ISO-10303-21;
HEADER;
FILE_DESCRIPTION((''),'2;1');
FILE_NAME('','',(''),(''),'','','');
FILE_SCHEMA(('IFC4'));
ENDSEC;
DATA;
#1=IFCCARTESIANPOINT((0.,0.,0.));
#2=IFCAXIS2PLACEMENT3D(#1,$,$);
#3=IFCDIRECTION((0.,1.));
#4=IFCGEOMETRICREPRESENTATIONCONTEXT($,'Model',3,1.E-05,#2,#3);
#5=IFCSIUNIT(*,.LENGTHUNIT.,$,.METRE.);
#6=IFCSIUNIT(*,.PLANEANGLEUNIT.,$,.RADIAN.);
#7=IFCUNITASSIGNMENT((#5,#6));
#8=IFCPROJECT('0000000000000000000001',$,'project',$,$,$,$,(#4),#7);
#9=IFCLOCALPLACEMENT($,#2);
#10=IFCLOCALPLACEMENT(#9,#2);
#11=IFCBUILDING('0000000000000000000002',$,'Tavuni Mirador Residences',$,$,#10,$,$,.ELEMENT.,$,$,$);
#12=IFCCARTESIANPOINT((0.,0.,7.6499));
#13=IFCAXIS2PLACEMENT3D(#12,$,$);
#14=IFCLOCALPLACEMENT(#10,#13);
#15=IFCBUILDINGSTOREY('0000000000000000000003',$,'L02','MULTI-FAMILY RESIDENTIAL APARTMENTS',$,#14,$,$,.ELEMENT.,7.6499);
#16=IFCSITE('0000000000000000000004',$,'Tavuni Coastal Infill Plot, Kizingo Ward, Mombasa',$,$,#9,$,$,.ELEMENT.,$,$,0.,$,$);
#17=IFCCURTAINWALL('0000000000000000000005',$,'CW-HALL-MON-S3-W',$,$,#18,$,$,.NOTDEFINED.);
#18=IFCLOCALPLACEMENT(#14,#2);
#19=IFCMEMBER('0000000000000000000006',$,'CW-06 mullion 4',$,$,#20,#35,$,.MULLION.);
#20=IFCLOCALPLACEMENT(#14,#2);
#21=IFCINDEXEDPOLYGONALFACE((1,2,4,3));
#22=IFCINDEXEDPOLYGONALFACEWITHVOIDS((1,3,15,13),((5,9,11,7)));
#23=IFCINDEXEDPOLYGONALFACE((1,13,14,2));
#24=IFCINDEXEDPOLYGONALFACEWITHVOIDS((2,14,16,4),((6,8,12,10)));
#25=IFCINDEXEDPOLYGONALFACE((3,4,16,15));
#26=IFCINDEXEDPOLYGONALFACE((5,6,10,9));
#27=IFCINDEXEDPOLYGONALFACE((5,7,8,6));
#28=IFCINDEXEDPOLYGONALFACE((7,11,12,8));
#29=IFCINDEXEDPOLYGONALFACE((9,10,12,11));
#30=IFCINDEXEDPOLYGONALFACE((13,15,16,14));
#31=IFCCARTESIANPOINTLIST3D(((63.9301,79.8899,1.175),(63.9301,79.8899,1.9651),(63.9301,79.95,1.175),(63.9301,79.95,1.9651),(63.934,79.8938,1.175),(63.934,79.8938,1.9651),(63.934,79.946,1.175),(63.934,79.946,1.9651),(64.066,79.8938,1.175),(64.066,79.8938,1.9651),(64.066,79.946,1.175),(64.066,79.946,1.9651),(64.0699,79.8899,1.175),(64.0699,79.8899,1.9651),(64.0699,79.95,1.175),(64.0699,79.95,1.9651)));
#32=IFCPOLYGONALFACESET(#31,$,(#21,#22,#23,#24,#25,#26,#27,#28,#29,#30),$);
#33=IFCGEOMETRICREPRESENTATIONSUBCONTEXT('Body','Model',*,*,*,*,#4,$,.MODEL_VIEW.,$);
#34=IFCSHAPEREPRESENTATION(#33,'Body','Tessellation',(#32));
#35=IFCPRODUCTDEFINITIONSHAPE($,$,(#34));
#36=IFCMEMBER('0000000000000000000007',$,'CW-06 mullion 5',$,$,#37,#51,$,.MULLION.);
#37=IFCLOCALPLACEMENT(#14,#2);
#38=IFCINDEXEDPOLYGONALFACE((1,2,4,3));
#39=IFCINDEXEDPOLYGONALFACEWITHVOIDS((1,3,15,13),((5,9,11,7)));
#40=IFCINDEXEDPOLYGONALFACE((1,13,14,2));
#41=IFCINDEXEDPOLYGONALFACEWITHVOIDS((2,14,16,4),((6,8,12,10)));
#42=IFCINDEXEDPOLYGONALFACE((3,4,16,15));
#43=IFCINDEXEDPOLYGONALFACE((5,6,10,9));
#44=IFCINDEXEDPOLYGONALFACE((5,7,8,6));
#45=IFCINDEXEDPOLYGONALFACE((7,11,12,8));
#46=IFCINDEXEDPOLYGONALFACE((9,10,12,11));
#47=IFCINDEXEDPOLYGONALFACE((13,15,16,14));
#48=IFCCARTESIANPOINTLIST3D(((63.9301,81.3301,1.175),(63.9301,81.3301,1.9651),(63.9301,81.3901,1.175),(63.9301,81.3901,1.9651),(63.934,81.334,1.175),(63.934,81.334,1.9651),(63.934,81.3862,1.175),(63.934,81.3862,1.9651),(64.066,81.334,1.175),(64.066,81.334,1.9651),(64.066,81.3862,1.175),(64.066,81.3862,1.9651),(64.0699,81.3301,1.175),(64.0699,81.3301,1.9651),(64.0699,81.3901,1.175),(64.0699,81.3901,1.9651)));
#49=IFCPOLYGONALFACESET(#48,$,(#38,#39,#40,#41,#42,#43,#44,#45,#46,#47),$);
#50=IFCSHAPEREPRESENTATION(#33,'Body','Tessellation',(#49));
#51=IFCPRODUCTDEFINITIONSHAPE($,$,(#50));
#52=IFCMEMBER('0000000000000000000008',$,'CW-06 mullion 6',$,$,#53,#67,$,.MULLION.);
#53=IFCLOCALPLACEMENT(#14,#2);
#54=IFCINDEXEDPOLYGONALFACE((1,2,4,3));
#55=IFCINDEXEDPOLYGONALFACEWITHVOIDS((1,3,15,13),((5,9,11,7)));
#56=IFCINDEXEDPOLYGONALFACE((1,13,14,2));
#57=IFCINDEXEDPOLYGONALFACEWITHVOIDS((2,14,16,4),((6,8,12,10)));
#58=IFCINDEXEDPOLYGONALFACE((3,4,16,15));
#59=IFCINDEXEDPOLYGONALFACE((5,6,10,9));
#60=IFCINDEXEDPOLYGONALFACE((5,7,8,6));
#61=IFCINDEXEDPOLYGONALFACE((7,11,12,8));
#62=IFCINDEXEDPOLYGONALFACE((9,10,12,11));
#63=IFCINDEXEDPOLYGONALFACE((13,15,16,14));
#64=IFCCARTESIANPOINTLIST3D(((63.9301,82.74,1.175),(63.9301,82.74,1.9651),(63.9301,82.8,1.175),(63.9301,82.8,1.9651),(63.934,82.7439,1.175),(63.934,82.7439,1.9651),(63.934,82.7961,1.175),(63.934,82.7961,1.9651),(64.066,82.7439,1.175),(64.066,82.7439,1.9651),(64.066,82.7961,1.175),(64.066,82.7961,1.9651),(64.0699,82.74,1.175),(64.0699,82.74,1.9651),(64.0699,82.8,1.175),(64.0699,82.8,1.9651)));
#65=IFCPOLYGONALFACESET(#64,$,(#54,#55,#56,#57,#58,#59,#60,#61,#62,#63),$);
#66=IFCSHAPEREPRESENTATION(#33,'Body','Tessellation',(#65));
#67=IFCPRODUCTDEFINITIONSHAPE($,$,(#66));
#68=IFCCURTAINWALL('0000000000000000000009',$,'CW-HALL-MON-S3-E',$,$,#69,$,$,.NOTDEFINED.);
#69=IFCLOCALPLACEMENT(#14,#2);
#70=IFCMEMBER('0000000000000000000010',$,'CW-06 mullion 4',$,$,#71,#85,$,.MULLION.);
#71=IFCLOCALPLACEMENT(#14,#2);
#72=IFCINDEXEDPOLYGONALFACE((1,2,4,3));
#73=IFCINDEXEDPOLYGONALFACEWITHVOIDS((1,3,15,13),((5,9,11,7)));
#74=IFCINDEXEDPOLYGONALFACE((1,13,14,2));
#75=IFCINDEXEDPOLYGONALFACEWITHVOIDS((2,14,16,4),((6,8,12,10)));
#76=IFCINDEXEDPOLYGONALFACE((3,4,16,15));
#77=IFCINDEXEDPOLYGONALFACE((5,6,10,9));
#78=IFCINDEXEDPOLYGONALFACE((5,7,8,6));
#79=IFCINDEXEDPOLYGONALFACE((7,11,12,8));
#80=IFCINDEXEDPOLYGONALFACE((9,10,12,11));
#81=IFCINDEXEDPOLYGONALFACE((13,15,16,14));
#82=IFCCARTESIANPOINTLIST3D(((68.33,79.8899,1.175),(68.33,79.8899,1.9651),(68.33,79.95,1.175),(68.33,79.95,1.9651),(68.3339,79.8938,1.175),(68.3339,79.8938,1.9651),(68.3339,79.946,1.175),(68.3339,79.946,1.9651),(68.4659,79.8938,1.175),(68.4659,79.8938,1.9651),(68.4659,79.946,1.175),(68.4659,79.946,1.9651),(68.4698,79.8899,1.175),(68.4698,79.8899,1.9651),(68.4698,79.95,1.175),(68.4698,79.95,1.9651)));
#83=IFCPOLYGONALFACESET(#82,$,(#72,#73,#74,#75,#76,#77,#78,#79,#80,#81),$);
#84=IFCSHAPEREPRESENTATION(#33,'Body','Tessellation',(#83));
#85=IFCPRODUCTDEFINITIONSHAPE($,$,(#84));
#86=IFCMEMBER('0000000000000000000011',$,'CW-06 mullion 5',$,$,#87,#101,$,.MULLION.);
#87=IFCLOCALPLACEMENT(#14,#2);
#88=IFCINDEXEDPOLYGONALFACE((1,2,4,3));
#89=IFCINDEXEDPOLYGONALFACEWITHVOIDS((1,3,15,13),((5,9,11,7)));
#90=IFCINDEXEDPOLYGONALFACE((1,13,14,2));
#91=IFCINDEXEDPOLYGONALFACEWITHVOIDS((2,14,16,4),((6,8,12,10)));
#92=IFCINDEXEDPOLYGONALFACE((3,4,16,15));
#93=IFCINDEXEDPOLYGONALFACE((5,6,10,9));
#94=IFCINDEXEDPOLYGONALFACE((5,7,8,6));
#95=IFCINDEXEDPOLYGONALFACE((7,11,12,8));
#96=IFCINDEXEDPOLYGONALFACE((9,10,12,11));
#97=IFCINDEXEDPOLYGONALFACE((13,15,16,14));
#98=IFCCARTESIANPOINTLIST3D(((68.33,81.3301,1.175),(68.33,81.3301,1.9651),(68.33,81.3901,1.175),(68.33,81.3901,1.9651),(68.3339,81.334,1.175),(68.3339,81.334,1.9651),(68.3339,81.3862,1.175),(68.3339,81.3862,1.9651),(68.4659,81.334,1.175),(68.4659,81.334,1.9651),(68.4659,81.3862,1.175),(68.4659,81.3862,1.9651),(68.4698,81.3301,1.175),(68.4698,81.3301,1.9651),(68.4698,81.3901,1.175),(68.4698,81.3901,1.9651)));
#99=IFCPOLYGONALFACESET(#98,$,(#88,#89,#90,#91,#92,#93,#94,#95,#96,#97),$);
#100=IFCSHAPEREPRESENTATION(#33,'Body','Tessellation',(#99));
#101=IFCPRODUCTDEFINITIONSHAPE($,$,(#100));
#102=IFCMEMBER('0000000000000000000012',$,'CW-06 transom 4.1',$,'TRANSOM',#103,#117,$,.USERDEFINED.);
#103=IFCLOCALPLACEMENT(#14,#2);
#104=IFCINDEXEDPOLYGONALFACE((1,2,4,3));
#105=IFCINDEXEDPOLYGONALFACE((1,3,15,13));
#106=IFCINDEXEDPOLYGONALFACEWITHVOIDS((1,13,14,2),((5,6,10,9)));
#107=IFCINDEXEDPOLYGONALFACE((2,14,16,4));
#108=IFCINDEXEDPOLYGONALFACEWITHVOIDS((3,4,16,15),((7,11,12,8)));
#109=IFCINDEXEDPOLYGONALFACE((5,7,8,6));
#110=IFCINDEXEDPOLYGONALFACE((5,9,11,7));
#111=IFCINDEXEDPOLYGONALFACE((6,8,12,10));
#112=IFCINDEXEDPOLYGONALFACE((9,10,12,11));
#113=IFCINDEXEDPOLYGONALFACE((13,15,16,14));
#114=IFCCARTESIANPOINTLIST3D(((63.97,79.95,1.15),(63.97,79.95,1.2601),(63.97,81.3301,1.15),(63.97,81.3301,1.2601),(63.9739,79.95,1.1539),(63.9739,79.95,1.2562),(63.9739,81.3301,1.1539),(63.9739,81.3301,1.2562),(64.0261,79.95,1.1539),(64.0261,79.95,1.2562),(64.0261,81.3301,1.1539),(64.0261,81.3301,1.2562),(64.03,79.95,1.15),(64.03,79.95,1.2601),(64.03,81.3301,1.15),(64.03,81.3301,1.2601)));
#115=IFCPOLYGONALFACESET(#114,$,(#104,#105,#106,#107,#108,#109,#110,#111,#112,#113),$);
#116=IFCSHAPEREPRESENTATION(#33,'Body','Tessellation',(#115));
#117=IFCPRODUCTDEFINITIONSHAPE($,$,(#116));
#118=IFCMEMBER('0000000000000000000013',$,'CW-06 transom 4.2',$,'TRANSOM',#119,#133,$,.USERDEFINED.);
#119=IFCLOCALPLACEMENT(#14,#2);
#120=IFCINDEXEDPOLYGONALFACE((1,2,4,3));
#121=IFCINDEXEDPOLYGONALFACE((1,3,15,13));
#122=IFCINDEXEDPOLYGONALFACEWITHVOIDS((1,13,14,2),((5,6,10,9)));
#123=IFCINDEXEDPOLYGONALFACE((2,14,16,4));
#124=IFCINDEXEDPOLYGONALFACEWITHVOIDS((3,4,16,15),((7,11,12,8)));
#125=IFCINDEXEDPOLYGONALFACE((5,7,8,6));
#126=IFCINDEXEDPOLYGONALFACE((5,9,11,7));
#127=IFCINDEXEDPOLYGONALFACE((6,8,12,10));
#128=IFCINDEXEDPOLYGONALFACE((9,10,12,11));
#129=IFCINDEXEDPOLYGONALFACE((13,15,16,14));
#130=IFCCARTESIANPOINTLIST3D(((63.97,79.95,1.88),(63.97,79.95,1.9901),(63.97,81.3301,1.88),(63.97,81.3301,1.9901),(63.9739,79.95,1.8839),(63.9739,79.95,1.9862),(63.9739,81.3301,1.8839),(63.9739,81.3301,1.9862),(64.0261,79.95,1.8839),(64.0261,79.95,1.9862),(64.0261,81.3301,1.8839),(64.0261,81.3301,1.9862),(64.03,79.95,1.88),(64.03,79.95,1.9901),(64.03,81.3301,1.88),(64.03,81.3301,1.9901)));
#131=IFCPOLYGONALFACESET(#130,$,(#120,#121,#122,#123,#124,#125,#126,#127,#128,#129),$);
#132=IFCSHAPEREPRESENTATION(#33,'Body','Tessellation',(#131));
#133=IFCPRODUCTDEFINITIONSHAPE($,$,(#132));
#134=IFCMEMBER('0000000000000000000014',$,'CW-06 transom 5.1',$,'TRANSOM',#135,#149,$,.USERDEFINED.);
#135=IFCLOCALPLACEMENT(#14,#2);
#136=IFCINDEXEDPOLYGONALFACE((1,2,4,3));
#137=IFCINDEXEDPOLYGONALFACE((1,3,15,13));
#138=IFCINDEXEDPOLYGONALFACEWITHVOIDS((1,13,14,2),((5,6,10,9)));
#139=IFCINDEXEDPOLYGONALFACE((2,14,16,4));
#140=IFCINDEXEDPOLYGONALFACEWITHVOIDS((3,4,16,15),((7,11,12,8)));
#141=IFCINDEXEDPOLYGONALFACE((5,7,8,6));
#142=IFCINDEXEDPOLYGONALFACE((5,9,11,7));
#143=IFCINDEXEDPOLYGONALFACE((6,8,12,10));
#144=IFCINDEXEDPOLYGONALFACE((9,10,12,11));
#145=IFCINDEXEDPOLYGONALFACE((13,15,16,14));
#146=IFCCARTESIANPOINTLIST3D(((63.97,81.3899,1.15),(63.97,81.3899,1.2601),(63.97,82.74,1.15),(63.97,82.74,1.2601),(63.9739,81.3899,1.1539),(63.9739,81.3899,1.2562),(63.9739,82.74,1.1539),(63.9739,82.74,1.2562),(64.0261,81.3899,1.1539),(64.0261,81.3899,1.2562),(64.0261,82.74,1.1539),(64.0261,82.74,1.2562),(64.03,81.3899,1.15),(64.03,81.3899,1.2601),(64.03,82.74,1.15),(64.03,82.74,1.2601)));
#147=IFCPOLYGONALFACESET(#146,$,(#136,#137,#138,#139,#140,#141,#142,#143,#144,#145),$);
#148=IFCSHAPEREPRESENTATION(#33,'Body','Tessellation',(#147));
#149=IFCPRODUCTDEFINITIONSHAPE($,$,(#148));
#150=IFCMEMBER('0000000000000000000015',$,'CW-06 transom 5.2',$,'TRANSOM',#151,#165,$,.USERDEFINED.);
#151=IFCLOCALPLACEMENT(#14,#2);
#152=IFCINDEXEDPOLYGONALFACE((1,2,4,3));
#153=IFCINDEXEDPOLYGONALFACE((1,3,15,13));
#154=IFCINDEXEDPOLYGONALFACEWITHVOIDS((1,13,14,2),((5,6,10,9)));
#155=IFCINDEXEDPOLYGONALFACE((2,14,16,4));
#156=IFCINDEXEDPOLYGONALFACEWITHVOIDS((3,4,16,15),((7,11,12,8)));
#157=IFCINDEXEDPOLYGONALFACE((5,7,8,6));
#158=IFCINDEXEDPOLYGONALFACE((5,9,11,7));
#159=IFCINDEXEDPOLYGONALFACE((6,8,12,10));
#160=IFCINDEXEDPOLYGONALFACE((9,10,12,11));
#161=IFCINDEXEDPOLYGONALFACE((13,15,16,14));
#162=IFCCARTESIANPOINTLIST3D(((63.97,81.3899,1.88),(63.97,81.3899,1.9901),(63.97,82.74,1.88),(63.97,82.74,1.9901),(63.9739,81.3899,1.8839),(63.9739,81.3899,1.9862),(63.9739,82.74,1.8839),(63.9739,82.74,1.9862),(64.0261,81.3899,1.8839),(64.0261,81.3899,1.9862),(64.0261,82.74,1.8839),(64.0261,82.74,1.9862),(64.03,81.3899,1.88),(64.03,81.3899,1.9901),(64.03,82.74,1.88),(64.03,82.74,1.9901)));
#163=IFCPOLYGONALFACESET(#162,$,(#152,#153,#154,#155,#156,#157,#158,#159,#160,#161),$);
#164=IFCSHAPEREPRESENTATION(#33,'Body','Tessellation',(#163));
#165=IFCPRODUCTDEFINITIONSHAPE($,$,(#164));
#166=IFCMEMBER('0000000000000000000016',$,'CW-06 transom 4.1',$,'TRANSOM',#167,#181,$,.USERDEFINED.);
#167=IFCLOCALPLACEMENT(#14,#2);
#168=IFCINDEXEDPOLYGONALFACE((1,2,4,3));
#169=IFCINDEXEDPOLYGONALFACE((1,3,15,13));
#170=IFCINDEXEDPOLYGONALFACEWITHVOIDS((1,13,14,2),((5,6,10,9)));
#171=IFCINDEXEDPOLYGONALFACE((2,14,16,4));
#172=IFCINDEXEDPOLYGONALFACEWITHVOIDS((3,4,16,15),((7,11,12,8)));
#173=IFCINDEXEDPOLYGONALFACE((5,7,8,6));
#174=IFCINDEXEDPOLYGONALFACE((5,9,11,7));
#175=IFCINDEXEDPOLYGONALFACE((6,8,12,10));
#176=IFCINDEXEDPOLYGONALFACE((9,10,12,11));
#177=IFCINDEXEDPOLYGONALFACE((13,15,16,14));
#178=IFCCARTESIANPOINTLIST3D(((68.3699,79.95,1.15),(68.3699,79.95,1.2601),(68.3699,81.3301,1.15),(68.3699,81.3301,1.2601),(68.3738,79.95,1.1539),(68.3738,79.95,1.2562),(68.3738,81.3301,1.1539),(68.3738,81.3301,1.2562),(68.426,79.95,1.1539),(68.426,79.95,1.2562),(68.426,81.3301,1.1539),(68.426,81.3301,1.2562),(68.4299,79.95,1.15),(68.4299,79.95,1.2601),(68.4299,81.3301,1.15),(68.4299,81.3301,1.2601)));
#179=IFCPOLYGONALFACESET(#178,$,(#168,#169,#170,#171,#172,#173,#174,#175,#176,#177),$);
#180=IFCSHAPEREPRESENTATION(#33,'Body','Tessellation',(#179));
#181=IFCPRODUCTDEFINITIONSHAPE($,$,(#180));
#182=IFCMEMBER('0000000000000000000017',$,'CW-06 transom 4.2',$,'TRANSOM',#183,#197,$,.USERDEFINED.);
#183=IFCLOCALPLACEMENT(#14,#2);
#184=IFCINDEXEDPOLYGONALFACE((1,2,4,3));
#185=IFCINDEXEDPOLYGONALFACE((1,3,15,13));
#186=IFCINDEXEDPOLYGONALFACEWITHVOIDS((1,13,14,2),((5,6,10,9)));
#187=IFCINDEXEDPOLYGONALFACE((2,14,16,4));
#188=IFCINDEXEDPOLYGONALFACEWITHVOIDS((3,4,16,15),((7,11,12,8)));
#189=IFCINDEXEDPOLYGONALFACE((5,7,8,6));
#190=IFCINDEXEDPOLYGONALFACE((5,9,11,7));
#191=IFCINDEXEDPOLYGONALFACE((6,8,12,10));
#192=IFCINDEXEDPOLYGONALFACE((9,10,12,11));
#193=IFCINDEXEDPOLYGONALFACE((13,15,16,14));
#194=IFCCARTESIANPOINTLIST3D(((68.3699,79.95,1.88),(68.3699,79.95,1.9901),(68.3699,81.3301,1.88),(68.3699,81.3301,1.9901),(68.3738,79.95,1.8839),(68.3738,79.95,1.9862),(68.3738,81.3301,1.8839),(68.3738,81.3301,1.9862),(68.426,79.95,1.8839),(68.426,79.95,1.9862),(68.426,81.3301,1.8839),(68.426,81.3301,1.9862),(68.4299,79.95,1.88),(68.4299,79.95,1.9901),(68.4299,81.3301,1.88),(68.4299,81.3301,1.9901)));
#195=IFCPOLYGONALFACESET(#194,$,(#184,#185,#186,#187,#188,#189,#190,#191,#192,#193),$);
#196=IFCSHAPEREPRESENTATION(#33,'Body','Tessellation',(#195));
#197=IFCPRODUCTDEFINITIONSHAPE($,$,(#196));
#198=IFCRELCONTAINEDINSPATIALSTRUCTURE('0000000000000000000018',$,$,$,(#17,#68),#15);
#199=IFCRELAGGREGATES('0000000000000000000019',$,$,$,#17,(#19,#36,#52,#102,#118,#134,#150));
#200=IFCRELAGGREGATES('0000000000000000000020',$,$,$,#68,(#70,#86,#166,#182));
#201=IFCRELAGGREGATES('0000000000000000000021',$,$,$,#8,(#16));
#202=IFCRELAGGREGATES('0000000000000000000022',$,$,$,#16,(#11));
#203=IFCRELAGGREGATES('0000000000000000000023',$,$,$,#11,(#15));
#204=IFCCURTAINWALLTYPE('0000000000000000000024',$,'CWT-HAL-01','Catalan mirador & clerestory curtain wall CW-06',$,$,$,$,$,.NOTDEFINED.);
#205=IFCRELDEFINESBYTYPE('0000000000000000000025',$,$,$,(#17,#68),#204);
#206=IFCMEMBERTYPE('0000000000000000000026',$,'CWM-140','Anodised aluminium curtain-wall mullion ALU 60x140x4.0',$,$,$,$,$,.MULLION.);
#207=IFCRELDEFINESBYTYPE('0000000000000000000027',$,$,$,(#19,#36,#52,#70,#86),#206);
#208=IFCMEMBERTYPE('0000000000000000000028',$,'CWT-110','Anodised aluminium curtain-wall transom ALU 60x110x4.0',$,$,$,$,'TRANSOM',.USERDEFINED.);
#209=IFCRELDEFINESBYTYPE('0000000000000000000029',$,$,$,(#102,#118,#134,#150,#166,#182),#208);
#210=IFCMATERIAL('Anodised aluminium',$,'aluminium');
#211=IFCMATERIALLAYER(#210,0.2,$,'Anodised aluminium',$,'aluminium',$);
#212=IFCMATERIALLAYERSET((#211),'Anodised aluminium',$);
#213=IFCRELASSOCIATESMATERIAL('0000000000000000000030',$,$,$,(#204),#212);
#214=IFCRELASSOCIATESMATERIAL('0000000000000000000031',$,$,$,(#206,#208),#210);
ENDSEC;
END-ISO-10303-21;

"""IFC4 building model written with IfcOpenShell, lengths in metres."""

from ifc_helpers import new_model, si_unit, direction, frame, origin, origin_2d, place, context, subcontext, project, spatial, hollow_rectangle, extrude, material, layer, layer_set, material_profile, profile_set, type_object, element, aggregate, save


model = new_model("IFC4")

# Units and contexts
model_context = context("Model", 3, precision=1e-05, world=origin(), true_north=direction((0.0, 1.0)))
body_context = subcontext(model_context, "Body", "Model", "MODEL_VIEW")
ifc_project = project(units=[si_unit("LENGTHUNIT", "METRE"), si_unit("PLANEANGLEUNIT", "RADIAN")], contexts=[model_context])

# Site, building, storey
site_placement = place(None, origin())
site = spatial("IfcSite", under=ifc_project, at=site_placement, Name="Tavuni Coastal Infill Plot, Kizingo Ward, Mombasa", CompositionType="ELEMENT", RefElevation=0.0)
building_placement = place(site_placement, origin())
building = spatial("IfcBuilding", under=site, at=building_placement, Name="Tavuni Mirador Residences", CompositionType="ELEMENT")
storey_placement = place(building_placement, frame((0.0, 0.0, 7.6499)))
storey = spatial("IfcBuildingStorey", under=building, at=storey_placement, Name="L02", Description="MULTI-FAMILY RESIDENTIAL APARTMENTS", CompositionType="ELEMENT", Elevation=7.6499)

# Curtain walls, members
ifc_material_1 = material(Name="Anodised aluminium", Category="aluminium")
ifc_layer_1 = layer(ifc_material_1, 0.2, Name="Anodised aluminium", Category="aluminium")
ifc_layer_set_1 = layer_set([ifc_layer_1], Name="Anodised aluminium")
curtain_wall_type = type_object("IfcCurtainWallType", Name="CWT-HAL-01", Description="Catalan mirador & clerestory curtain wall CW-06", PredefinedType="NOTDEFINED", material=ifc_layer_set_1)
curtain_wall_1_placement = place(storey_placement, origin())
curtain_wall_1 = element("IfcCurtainWall", 1, at=curtain_wall_1_placement, inside=storey, type_object=curtain_wall_type, Name="CW-HALL-MON-S3-W", PredefinedType="NOTDEFINED")
ifc_material_profile_1 = material_profile(ifc_material_1, hollow_rectangle(XDim=0.0601, YDim=0.1399, WallThickness=0.0039, at=origin_2d()), Name="ALU 60x140x4.0", Category="aluminium")
ifc_profile_set_1 = profile_set([ifc_material_profile_1], Name="Anodised aluminium")
member_type_1 = type_object("IfcMemberType", Name="CWM-140", Description="Anodised aluminium curtain-wall mullion ALU 60x140x4.0", PredefinedType="MULLION", material=ifc_profile_set_1)
member_1_placement = place(storey_placement, frame((64.0, 79.9199, 1.175), z_axis=(0.0, 0.0, 1.0), x_axis=(0.0, 1.0, 0.0)))
member_1 = element("IfcMember", 2, at=member_1_placement, type_object=member_type_1, Name="CW-06 mullion 4", PredefinedType="MULLION", context=body_context, shape_type="SweptSolid", body=[
    extrude(hollow_rectangle(XDim=0.0601, YDim=0.1399, WallThickness=0.0039, at=origin_2d()), origin(), (0.0, 0.0, 1.0), 0.79),
])
member_2_placement = place(storey_placement, frame((64.0, 81.3601, 1.175), z_axis=(0.0, 0.0, 1.0), x_axis=(0.0, 1.0, 0.0)))
member_2 = element("IfcMember", 3, at=member_2_placement, type_object=member_type_1, Name="CW-06 mullion 5", PredefinedType="MULLION", context=body_context, shape_type="SweptSolid", body=[
    extrude(hollow_rectangle(XDim=0.0601, YDim=0.1399, WallThickness=0.0039, at=origin_2d()), origin(), (0.0, 0.0, 1.0), 0.79),
])
member_3_placement = place(storey_placement, frame((64.0, 82.77, 1.175), z_axis=(0.0, 0.0, 1.0), x_axis=(0.0, 1.0, 0.0)))
member_3 = element("IfcMember", 4, at=member_3_placement, type_object=member_type_1, Name="CW-06 mullion 6", PredefinedType="MULLION", context=body_context, shape_type="SweptSolid", body=[
    extrude(hollow_rectangle(XDim=0.0601, YDim=0.1399, WallThickness=0.0039, at=origin_2d()), origin(), (0.0, 0.0, 1.0), 0.79),
])
curtain_wall_2_placement = place(storey_placement, origin())
curtain_wall_2 = element("IfcCurtainWall", 5, at=curtain_wall_2_placement, inside=storey, type_object=curtain_wall_type, Name="CW-HALL-MON-S3-E", PredefinedType="NOTDEFINED")
member_4_placement = place(storey_placement, frame((68.3999, 79.9199, 1.175), z_axis=(0.0, 0.0, 1.0), x_axis=(0.0, 1.0, 0.0)))
member_4 = element("IfcMember", 6, at=member_4_placement, type_object=member_type_1, Name="CW-06 mullion 4", PredefinedType="MULLION", context=body_context, shape_type="SweptSolid", body=[
    extrude(hollow_rectangle(XDim=0.0601, YDim=0.1399, WallThickness=0.0039, at=origin_2d()), origin(), (0.0, 0.0, 1.0), 0.79),
])
member_5_placement = place(storey_placement, frame((68.3999, 81.3601, 1.175), z_axis=(0.0, 0.0, 1.0), x_axis=(0.0, 1.0, 0.0)))
member_5 = element("IfcMember", 7, at=member_5_placement, type_object=member_type_1, Name="CW-06 mullion 5", PredefinedType="MULLION", context=body_context, shape_type="SweptSolid", body=[
    extrude(hollow_rectangle(XDim=0.0601, YDim=0.1399, WallThickness=0.0039, at=origin_2d()), origin(), (0.0, 0.0, 1.0), 0.79),
])

# Members
ifc_material_profile_2 = material_profile(ifc_material_1, hollow_rectangle(XDim=0.0601, YDim=0.1101, WallThickness=0.0039, at=origin_2d()), Name="ALU 60x110x4.0", Category="aluminium")
ifc_profile_set_2 = profile_set([ifc_material_profile_2], Name="Anodised aluminium")
member_type_2 = type_object("IfcMemberType", Name="CWT-110", Description="Anodised aluminium curtain-wall transom ALU 60x110x4.0", ElementType="TRANSOM", PredefinedType="USERDEFINED", material=ifc_profile_set_2)
member_6_placement = place(storey_placement, frame((64.0, 79.95, 1.2051), z_axis=(0.0, 1.0, 0.0), x_axis=(-1.0, 0.0, 0.0)))
member_6 = element("IfcMember", 8, at=member_6_placement, type_object=member_type_2, Name="CW-06 transom 4.1", ObjectType="TRANSOM", PredefinedType="USERDEFINED", context=body_context, shape_type="SweptSolid", body=[
    extrude(hollow_rectangle(XDim=0.0601, YDim=0.1101, WallThickness=0.0039, at=origin_2d()), origin(), (0.0, 0.0, 1.0), 1.3801),
])
member_7_placement = place(storey_placement, frame((64.0, 79.95, 1.9351), z_axis=(0.0, 1.0, 0.0), x_axis=(-1.0, 0.0, 0.0)))
member_7 = element("IfcMember", 9, at=member_7_placement, type_object=member_type_2, Name="CW-06 transom 4.2", ObjectType="TRANSOM", PredefinedType="USERDEFINED", context=body_context, shape_type="SweptSolid", body=[
    extrude(hollow_rectangle(XDim=0.0601, YDim=0.1101, WallThickness=0.0039, at=origin_2d()), origin(), (0.0, 0.0, 1.0), 1.3801),
])
member_8_placement = place(storey_placement, frame((64.0, 81.3899, 1.2051), z_axis=(0.0, 1.0, 0.0), x_axis=(-1.0, 0.0, 0.0)))
member_8 = element("IfcMember", 10, at=member_8_placement, type_object=member_type_2, Name="CW-06 transom 5.1", ObjectType="TRANSOM", PredefinedType="USERDEFINED", context=body_context, shape_type="SweptSolid", body=[
    extrude(hollow_rectangle(XDim=0.0601, YDim=0.1101, WallThickness=0.0039, at=origin_2d()), origin(), (0.0, 0.0, 1.0), 1.3501),
])
member_9_placement = place(storey_placement, frame((64.0, 81.3899, 1.9351), z_axis=(0.0, 1.0, 0.0), x_axis=(-1.0, 0.0, 0.0)))
member_9 = element("IfcMember", 11, at=member_9_placement, type_object=member_type_2, Name="CW-06 transom 5.2", ObjectType="TRANSOM", PredefinedType="USERDEFINED", context=body_context, shape_type="SweptSolid", body=[
    extrude(hollow_rectangle(XDim=0.0601, YDim=0.1101, WallThickness=0.0039, at=origin_2d()), origin(), (0.0, 0.0, 1.0), 1.3501),
])
member_10_placement = place(storey_placement, frame((68.3999, 79.95, 1.2051), z_axis=(0.0, 1.0, 0.0), x_axis=(-1.0, 0.0, 0.0)))
member_10 = element("IfcMember", 12, at=member_10_placement, type_object=member_type_2, Name="CW-06 transom 4.1", ObjectType="TRANSOM", PredefinedType="USERDEFINED", context=body_context, shape_type="SweptSolid", body=[
    extrude(hollow_rectangle(XDim=0.0601, YDim=0.1101, WallThickness=0.0039, at=origin_2d()), origin(), (0.0, 0.0, 1.0), 1.3801),
])
member_11_placement = place(storey_placement, frame((68.3999, 79.95, 1.9351), z_axis=(0.0, 1.0, 0.0), x_axis=(-1.0, 0.0, 0.0)))
member_11 = element("IfcMember", 13, at=member_11_placement, type_object=member_type_2, Name="CW-06 transom 4.2", ObjectType="TRANSOM", PredefinedType="USERDEFINED", context=body_context, shape_type="SweptSolid", body=[
    extrude(hollow_rectangle(XDim=0.0601, YDim=0.1101, WallThickness=0.0039, at=origin_2d()), origin(), (0.0, 0.0, 1.0), 1.3801),
])

aggregate(curtain_wall_1, [member_1, member_2, member_3, member_6, member_7, member_8, member_9])
aggregate(curtain_wall_2, [member_4, member_5, member_10, member_11])

save(model, "model.ifc")
